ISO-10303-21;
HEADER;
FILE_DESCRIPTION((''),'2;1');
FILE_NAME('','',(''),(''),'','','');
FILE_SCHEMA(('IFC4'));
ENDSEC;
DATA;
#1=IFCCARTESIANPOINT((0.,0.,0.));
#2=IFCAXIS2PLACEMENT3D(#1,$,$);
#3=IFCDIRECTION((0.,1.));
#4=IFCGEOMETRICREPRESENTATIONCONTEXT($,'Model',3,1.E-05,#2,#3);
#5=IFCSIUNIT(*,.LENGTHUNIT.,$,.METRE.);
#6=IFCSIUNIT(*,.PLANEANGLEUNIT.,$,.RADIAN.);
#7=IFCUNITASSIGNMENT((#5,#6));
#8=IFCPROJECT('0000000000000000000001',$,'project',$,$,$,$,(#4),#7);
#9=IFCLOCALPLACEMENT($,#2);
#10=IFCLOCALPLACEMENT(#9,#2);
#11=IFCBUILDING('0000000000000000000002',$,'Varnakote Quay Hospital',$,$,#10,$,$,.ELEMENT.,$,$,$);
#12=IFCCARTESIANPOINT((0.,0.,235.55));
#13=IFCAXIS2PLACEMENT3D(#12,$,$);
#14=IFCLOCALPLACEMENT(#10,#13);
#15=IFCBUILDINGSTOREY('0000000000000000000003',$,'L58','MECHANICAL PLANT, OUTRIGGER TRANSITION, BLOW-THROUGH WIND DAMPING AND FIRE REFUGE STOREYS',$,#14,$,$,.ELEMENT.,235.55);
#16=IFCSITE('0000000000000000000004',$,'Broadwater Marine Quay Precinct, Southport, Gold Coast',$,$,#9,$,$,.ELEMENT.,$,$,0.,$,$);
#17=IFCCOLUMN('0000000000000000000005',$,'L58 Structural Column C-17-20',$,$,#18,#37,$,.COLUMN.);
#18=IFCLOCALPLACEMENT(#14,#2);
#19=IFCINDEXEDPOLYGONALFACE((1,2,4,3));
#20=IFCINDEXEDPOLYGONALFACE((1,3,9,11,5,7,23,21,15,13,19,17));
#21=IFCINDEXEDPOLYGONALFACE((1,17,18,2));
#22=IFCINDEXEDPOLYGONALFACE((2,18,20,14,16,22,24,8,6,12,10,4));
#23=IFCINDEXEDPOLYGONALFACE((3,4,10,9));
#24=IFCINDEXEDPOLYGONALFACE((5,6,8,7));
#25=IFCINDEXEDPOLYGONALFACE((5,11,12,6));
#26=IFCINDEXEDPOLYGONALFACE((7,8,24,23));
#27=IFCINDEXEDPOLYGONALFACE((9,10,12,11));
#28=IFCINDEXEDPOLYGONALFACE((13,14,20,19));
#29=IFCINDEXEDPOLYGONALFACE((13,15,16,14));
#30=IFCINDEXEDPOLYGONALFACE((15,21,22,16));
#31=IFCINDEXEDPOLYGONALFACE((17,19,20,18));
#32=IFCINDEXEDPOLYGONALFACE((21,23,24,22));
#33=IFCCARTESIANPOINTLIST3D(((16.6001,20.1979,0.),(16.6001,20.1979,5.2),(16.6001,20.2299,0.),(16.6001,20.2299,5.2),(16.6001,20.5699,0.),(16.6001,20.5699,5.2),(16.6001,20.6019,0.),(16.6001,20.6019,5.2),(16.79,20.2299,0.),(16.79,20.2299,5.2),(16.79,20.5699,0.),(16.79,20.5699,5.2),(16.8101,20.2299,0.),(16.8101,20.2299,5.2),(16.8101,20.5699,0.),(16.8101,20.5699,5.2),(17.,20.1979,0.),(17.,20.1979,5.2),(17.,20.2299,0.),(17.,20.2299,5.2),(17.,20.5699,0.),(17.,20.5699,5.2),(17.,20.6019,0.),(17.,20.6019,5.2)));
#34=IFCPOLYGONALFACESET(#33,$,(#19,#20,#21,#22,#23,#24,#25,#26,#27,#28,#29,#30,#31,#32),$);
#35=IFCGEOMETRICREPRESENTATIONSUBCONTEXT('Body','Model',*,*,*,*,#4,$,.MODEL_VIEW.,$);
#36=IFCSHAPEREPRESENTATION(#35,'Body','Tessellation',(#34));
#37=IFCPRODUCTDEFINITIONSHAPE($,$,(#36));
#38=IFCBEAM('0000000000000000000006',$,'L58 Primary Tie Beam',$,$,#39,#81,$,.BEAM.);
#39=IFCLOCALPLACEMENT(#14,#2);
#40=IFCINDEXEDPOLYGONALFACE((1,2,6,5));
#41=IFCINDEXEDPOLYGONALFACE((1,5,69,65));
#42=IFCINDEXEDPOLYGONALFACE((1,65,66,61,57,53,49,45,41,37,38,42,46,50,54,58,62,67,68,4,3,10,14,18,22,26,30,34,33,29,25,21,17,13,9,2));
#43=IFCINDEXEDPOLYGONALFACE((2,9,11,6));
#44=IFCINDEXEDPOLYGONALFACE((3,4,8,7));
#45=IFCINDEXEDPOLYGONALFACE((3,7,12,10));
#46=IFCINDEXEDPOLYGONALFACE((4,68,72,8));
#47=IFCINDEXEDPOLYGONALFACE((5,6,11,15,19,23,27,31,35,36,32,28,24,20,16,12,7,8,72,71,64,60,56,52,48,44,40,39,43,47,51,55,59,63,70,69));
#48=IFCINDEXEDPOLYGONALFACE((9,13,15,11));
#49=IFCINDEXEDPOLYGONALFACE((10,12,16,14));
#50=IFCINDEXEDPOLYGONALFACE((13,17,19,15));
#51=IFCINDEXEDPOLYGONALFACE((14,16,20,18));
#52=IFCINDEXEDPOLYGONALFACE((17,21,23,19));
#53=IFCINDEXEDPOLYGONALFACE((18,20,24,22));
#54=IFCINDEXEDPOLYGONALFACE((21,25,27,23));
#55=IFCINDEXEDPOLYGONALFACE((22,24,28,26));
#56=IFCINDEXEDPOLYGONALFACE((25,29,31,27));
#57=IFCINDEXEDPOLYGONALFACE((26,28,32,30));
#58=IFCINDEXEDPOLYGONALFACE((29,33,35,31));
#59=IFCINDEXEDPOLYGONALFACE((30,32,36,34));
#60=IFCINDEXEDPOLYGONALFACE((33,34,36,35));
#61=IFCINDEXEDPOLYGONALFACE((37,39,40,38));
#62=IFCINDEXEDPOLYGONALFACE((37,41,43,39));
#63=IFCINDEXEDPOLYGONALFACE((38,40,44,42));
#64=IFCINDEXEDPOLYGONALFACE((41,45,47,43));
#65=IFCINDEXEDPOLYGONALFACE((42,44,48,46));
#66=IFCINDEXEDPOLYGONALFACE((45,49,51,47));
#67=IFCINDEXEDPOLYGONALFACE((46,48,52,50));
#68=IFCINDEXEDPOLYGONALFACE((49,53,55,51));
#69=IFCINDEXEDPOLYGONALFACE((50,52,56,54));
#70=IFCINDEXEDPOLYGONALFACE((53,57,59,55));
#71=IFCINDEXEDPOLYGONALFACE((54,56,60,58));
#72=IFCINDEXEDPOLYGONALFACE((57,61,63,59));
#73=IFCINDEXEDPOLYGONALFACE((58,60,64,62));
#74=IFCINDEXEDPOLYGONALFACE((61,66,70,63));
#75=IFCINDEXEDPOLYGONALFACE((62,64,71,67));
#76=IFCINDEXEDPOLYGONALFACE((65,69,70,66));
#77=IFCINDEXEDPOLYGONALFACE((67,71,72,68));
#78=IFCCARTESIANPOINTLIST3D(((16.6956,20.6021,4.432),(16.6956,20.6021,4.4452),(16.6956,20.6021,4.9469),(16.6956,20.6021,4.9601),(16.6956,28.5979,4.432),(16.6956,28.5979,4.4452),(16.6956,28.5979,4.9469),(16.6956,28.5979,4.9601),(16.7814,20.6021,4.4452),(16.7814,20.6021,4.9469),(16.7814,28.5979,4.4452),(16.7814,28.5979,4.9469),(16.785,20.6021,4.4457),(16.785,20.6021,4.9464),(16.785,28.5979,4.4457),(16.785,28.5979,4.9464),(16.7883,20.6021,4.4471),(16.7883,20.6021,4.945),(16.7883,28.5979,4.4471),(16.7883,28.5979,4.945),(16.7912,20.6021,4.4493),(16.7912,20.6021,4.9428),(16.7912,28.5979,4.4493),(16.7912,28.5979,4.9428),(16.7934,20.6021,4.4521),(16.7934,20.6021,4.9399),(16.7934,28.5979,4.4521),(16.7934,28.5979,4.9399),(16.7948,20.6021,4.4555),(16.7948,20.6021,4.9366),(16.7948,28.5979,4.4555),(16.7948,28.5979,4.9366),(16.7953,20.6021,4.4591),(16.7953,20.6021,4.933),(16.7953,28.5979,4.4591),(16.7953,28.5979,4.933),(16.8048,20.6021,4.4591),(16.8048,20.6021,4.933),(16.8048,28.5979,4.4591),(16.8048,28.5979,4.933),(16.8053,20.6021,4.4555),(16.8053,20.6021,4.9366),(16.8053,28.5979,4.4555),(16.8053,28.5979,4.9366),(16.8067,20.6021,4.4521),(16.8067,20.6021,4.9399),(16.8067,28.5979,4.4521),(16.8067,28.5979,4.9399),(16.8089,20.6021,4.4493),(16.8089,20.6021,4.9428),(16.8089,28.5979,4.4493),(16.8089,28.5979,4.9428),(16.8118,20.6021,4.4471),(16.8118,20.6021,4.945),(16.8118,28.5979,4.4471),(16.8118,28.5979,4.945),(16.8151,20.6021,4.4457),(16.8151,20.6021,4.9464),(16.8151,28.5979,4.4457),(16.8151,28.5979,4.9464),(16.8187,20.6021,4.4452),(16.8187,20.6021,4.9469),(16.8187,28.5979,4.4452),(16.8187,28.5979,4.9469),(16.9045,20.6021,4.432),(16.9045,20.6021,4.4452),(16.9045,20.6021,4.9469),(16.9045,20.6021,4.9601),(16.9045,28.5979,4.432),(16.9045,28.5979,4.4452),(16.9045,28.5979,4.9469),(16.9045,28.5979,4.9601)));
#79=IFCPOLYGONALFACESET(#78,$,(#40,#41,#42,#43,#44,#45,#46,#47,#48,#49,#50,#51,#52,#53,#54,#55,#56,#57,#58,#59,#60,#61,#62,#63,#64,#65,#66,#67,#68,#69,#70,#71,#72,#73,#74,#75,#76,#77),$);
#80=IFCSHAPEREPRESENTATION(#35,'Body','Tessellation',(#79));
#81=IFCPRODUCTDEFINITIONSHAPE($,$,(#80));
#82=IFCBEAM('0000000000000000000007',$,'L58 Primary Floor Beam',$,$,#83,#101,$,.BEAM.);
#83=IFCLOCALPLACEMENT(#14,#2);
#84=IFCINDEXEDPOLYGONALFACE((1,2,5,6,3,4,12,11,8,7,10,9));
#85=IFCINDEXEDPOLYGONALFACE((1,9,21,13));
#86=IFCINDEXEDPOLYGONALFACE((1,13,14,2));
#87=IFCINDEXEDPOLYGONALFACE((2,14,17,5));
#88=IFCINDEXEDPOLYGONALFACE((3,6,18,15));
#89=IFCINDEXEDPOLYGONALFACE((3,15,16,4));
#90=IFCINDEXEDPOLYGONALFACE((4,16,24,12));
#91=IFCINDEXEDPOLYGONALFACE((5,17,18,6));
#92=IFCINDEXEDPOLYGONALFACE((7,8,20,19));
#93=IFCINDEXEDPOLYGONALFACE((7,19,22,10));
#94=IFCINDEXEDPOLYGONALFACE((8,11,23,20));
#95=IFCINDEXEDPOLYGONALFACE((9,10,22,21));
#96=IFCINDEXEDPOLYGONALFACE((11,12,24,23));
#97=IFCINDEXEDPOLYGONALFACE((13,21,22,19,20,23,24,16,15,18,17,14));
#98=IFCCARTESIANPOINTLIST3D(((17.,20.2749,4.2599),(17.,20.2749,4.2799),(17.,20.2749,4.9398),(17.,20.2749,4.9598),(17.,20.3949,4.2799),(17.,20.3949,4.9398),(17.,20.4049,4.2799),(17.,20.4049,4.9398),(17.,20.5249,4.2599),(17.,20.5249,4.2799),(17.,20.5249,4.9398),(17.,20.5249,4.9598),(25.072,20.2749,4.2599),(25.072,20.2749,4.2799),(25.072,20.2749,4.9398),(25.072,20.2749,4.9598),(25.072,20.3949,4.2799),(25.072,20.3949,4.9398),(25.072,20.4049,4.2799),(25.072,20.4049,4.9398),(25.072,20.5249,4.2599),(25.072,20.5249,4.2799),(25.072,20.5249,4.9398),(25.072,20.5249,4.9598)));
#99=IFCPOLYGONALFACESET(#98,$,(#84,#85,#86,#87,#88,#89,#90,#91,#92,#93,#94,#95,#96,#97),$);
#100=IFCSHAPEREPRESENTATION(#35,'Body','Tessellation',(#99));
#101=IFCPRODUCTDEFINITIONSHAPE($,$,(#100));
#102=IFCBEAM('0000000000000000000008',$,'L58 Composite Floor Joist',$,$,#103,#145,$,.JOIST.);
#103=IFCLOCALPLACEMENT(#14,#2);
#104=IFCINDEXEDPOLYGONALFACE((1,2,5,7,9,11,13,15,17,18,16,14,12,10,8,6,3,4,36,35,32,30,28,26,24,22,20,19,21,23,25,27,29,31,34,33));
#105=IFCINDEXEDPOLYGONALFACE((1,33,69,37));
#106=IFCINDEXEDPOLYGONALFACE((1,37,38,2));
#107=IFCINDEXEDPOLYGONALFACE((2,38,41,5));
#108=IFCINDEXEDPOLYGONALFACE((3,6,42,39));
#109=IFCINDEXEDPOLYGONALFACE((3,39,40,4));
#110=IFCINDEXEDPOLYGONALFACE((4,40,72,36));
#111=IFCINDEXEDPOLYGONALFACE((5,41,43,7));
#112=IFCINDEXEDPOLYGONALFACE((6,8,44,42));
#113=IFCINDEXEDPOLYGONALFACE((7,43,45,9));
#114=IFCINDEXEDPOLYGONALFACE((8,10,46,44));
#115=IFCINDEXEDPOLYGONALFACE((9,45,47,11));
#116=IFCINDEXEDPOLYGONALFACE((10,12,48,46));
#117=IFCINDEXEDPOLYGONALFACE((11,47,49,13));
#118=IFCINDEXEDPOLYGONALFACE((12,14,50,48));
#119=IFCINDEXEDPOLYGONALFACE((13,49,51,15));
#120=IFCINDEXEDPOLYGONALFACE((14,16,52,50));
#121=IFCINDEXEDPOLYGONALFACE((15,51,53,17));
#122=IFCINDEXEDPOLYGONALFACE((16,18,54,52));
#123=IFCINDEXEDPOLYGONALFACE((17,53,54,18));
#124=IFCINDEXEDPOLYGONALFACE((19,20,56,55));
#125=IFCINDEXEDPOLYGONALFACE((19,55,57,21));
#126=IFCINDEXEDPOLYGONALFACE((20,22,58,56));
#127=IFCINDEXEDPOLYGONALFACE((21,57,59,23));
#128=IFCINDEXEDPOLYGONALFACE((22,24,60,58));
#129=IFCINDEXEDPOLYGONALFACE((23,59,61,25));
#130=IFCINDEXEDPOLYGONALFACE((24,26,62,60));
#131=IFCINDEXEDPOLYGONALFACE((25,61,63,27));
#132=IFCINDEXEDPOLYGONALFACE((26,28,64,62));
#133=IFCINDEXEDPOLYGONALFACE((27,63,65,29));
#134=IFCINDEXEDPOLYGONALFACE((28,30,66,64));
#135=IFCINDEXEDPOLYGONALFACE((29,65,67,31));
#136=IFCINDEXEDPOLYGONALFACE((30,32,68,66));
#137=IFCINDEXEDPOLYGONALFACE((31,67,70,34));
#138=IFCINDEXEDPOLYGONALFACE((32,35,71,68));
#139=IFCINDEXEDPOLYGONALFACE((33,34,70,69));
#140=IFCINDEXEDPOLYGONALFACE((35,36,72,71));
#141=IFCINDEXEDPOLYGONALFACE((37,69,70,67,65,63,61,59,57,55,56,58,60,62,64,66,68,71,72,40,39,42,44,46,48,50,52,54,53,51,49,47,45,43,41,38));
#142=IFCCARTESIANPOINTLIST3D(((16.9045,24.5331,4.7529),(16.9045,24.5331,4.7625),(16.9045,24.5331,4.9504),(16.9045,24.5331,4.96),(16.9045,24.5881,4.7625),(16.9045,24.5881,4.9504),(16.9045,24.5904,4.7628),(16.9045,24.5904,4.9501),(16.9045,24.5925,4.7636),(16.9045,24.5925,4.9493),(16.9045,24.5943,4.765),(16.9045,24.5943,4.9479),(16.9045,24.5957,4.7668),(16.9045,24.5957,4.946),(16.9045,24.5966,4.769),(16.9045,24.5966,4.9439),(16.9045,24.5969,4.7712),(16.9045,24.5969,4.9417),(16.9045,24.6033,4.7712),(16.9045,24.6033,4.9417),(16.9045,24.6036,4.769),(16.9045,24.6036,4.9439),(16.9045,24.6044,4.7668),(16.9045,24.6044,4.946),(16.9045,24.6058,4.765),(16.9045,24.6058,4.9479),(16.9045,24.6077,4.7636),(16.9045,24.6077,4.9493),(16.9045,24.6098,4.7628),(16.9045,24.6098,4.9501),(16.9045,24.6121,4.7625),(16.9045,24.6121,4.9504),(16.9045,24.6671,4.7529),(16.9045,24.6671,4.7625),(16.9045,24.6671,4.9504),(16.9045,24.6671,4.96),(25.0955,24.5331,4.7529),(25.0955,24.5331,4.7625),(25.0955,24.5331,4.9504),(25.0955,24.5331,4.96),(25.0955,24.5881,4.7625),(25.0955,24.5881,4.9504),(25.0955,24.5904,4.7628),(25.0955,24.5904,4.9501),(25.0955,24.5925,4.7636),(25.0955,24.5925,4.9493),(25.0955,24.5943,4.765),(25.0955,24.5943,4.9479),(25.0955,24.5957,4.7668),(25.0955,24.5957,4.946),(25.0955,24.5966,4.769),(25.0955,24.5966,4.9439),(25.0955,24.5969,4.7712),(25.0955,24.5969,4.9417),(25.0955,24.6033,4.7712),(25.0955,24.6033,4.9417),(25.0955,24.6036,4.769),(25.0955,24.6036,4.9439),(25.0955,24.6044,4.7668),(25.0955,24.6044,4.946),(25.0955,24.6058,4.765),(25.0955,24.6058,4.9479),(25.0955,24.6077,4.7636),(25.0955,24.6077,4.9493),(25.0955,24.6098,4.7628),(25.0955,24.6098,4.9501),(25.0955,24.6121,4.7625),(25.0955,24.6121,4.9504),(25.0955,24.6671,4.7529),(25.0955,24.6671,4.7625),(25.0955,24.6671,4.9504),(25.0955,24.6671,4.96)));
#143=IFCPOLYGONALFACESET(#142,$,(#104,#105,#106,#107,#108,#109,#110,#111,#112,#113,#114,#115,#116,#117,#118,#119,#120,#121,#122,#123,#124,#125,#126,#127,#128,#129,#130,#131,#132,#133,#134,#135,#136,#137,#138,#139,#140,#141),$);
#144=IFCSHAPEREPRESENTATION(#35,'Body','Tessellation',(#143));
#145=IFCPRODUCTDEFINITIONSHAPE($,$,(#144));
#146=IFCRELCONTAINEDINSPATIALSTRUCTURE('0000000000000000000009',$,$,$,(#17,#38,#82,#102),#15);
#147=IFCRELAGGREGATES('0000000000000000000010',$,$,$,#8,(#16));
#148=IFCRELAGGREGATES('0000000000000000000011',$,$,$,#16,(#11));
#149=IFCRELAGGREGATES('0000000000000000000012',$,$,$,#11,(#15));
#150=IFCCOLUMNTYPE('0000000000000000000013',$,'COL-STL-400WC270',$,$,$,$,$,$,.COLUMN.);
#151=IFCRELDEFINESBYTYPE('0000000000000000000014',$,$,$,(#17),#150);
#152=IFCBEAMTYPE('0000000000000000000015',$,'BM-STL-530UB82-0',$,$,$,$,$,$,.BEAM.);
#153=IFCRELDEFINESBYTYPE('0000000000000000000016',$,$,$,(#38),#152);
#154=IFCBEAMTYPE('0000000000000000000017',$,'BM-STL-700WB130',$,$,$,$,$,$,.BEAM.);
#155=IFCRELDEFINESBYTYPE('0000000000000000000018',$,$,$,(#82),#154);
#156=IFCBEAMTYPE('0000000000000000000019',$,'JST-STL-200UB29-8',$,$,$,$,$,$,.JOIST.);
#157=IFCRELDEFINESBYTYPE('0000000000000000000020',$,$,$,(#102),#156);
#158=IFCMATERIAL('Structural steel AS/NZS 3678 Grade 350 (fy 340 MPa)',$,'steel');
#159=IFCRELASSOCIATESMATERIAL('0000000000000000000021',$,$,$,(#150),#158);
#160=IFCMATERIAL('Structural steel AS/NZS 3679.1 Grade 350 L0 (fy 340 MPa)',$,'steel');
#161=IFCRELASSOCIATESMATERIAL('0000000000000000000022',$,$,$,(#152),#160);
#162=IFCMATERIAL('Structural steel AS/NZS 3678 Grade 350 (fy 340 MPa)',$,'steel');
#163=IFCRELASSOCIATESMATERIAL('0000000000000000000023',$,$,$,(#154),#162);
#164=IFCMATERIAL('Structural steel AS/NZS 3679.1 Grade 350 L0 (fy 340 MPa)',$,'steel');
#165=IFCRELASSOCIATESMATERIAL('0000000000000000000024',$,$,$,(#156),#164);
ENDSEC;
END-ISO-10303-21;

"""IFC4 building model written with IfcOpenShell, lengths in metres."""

from ifc_helpers import new_model, si_unit, direction, frame, origin, origin_2d, place, context, subcontext, project, spatial, i_section, extrude, material, material_profile, profile_set, type_object, element, save


model = new_model("IFC4")

# Units and contexts
model_context = context("Model", 3, precision=1e-05, world=origin(), true_north=direction((0.0, 1.0)))
body_context = subcontext(model_context, "Body", "Model", "MODEL_VIEW")
ifc_project = project(units=[si_unit("LENGTHUNIT", "METRE"), si_unit("PLANEANGLEUNIT", "RADIAN")], contexts=[model_context])

# Site, building, storey
site_placement = place(None, origin())
site = spatial("IfcSite", under=ifc_project, at=site_placement, Name="Broadwater Marine Quay Precinct, Southport, Gold Coast", CompositionType="ELEMENT", RefElevation=0.0)
building_placement = place(site_placement, origin())
building = spatial("IfcBuilding", under=site, at=building_placement, Name="Varnakote Quay Hospital", CompositionType="ELEMENT")
storey_placement = place(building_placement, frame((0.0, 0.0, 235.55)))
storey = spatial("IfcBuildingStorey", under=building, at=storey_placement, Name="L58", Description="MECHANICAL PLANT, OUTRIGGER TRANSITION, BLOW-THROUGH WIND DAMPING AND FIRE REFUGE STOREYS", CompositionType="ELEMENT", Elevation=235.55)

# Column
ifc_material_1 = material(Name="Structural steel AS/NZS 3678 Grade 350 (fy 340 MPa)", Category="steel")
ifc_material_profile_1 = material_profile(ifc_material_1, i_section(OverallWidth=0.3999, OverallDepth=0.4041, WebThickness=0.02, FlangeThickness=0.032, at=origin_2d()), Name="400WC270")
ifc_profile_set_1 = profile_set([ifc_material_profile_1], Name="Structural steel AS/NZS 3678 Grade 350 (fy 340 MPa)")
column_type = type_object("IfcColumnType", Name="COL-STL-400WC270", PredefinedType="COLUMN", material=ifc_profile_set_1)
column_placement = place(storey_placement, frame((16.8, 20.3999, 0.0), z_axis=(0.0, 0.0, 1.0), x_axis=(1.0, 0.0, 0.0)))
element("IfcColumn", 1, at=column_placement, inside=storey, type_object=column_type, Name="L58 Structural Column C-17-20", PredefinedType="COLUMN", context=body_context, shape_type="SweptSolid", body=[
    extrude(i_section(OverallWidth=0.3999, OverallDepth=0.4041, WebThickness=0.02, FlangeThickness=0.032, at=origin_2d()), origin(), (0.0, 0.0, 1.0), 5.2),
])

# Beams
ifc_material_2 = material(Name="Structural steel AS/NZS 3679.1 Grade 350 L0 (fy 340 MPa)", Category="steel")
ifc_material_profile_2 = material_profile(ifc_material_2, i_section(OverallWidth=0.209, OverallDepth=0.5281, WebThickness=0.0095, FlangeThickness=0.0132, FilletRadius=0.0139, at=origin_2d()), Name="530UB82.0")
ifc_profile_set_2 = profile_set([ifc_material_profile_2], Name="Structural steel AS/NZS 3679.1 Grade 350 L0 (fy 340 MPa)")
beam_type_1 = type_object("IfcBeamType", Name="BM-STL-530UB82-0", PredefinedType="BEAM", material=ifc_profile_set_2)
beam_1_placement = place(storey_placement, frame((16.8, 20.6021, 4.696), z_axis=(0.0, 1.0, 0.0), x_axis=(-1.0, 0.0, 0.0)))
element("IfcBeam", 2, at=beam_1_placement, inside=storey, type_object=beam_type_1, Name="L58 Primary Tie Beam", PredefinedType="BEAM", context=body_context, shape_type="SweptSolid", body=[
    extrude(i_section(OverallWidth=0.209, OverallDepth=0.5281, WebThickness=0.0095, FlangeThickness=0.0132, FilletRadius=0.0139, at=origin_2d()), origin(), (0.0, 0.0, 1.0), 7.9958),
])
ifc_material_3 = material(Name="Structural steel AS/NZS 3678 Grade 350 (fy 340 MPa)", Category="steel")
ifc_material_profile_3 = material_profile(ifc_material_3, i_section(OverallWidth=0.25, OverallDepth=0.7, WebThickness=0.01, FlangeThickness=0.02, at=origin_2d()), Name="700WB130")
ifc_profile_set_3 = profile_set([ifc_material_profile_3], Name="Structural steel AS/NZS 3678 Grade 350 (fy 340 MPa)")
beam_type_2 = type_object("IfcBeamType", Name="BM-STL-700WB130", PredefinedType="BEAM", material=ifc_profile_set_3)
beam_2_placement = place(storey_placement, frame((17.0, 20.3999, 4.6099), z_axis=(1.0, 0.0, 0.0), x_axis=(0.0, 1.0, 0.0)))
element("IfcBeam", 3, at=beam_2_placement, inside=storey, type_object=beam_type_2, Name="L58 Primary Floor Beam", PredefinedType="BEAM", context=body_context, shape_type="SweptSolid", body=[
    extrude(i_section(OverallWidth=0.25, OverallDepth=0.7, WebThickness=0.01, FlangeThickness=0.02, at=origin_2d()), origin(), (0.0, 0.0, 1.0), 8.072),
])
ifc_material_4 = material(Name="Structural steel AS/NZS 3679.1 Grade 350 L0 (fy 340 MPa)", Category="steel")
ifc_material_profile_4 = material_profile(ifc_material_4, i_section(OverallWidth=0.134, OverallDepth=0.207, WebThickness=0.0063, FlangeThickness=0.0095, FilletRadius=0.0088, at=origin_2d()), Name="200UB29.8")
ifc_profile_set_4 = profile_set([ifc_material_profile_4], Name="Structural steel AS/NZS 3679.1 Grade 350 L0 (fy 340 MPa)")
beam_type_3 = type_object("IfcBeamType", Name="JST-STL-200UB29-8", PredefinedType="JOIST", material=ifc_profile_set_4)
beam_3_placement = place(storey_placement, frame((16.9045, 24.6001, 4.8564), z_axis=(1.0, 0.0, 0.0), x_axis=(0.0, 1.0, 0.0)))
element("IfcBeam", 4, at=beam_3_placement, inside=storey, type_object=beam_type_3, Name="L58 Composite Floor Joist", PredefinedType="JOIST", context=body_context, shape_type="SweptSolid", body=[
    extrude(i_section(OverallWidth=0.134, OverallDepth=0.207, WebThickness=0.0063, FlangeThickness=0.0095, FilletRadius=0.0088, at=origin_2d()), origin(), (0.0, 0.0, 1.0), 8.1909),
])

save(model, "model.ifc")
